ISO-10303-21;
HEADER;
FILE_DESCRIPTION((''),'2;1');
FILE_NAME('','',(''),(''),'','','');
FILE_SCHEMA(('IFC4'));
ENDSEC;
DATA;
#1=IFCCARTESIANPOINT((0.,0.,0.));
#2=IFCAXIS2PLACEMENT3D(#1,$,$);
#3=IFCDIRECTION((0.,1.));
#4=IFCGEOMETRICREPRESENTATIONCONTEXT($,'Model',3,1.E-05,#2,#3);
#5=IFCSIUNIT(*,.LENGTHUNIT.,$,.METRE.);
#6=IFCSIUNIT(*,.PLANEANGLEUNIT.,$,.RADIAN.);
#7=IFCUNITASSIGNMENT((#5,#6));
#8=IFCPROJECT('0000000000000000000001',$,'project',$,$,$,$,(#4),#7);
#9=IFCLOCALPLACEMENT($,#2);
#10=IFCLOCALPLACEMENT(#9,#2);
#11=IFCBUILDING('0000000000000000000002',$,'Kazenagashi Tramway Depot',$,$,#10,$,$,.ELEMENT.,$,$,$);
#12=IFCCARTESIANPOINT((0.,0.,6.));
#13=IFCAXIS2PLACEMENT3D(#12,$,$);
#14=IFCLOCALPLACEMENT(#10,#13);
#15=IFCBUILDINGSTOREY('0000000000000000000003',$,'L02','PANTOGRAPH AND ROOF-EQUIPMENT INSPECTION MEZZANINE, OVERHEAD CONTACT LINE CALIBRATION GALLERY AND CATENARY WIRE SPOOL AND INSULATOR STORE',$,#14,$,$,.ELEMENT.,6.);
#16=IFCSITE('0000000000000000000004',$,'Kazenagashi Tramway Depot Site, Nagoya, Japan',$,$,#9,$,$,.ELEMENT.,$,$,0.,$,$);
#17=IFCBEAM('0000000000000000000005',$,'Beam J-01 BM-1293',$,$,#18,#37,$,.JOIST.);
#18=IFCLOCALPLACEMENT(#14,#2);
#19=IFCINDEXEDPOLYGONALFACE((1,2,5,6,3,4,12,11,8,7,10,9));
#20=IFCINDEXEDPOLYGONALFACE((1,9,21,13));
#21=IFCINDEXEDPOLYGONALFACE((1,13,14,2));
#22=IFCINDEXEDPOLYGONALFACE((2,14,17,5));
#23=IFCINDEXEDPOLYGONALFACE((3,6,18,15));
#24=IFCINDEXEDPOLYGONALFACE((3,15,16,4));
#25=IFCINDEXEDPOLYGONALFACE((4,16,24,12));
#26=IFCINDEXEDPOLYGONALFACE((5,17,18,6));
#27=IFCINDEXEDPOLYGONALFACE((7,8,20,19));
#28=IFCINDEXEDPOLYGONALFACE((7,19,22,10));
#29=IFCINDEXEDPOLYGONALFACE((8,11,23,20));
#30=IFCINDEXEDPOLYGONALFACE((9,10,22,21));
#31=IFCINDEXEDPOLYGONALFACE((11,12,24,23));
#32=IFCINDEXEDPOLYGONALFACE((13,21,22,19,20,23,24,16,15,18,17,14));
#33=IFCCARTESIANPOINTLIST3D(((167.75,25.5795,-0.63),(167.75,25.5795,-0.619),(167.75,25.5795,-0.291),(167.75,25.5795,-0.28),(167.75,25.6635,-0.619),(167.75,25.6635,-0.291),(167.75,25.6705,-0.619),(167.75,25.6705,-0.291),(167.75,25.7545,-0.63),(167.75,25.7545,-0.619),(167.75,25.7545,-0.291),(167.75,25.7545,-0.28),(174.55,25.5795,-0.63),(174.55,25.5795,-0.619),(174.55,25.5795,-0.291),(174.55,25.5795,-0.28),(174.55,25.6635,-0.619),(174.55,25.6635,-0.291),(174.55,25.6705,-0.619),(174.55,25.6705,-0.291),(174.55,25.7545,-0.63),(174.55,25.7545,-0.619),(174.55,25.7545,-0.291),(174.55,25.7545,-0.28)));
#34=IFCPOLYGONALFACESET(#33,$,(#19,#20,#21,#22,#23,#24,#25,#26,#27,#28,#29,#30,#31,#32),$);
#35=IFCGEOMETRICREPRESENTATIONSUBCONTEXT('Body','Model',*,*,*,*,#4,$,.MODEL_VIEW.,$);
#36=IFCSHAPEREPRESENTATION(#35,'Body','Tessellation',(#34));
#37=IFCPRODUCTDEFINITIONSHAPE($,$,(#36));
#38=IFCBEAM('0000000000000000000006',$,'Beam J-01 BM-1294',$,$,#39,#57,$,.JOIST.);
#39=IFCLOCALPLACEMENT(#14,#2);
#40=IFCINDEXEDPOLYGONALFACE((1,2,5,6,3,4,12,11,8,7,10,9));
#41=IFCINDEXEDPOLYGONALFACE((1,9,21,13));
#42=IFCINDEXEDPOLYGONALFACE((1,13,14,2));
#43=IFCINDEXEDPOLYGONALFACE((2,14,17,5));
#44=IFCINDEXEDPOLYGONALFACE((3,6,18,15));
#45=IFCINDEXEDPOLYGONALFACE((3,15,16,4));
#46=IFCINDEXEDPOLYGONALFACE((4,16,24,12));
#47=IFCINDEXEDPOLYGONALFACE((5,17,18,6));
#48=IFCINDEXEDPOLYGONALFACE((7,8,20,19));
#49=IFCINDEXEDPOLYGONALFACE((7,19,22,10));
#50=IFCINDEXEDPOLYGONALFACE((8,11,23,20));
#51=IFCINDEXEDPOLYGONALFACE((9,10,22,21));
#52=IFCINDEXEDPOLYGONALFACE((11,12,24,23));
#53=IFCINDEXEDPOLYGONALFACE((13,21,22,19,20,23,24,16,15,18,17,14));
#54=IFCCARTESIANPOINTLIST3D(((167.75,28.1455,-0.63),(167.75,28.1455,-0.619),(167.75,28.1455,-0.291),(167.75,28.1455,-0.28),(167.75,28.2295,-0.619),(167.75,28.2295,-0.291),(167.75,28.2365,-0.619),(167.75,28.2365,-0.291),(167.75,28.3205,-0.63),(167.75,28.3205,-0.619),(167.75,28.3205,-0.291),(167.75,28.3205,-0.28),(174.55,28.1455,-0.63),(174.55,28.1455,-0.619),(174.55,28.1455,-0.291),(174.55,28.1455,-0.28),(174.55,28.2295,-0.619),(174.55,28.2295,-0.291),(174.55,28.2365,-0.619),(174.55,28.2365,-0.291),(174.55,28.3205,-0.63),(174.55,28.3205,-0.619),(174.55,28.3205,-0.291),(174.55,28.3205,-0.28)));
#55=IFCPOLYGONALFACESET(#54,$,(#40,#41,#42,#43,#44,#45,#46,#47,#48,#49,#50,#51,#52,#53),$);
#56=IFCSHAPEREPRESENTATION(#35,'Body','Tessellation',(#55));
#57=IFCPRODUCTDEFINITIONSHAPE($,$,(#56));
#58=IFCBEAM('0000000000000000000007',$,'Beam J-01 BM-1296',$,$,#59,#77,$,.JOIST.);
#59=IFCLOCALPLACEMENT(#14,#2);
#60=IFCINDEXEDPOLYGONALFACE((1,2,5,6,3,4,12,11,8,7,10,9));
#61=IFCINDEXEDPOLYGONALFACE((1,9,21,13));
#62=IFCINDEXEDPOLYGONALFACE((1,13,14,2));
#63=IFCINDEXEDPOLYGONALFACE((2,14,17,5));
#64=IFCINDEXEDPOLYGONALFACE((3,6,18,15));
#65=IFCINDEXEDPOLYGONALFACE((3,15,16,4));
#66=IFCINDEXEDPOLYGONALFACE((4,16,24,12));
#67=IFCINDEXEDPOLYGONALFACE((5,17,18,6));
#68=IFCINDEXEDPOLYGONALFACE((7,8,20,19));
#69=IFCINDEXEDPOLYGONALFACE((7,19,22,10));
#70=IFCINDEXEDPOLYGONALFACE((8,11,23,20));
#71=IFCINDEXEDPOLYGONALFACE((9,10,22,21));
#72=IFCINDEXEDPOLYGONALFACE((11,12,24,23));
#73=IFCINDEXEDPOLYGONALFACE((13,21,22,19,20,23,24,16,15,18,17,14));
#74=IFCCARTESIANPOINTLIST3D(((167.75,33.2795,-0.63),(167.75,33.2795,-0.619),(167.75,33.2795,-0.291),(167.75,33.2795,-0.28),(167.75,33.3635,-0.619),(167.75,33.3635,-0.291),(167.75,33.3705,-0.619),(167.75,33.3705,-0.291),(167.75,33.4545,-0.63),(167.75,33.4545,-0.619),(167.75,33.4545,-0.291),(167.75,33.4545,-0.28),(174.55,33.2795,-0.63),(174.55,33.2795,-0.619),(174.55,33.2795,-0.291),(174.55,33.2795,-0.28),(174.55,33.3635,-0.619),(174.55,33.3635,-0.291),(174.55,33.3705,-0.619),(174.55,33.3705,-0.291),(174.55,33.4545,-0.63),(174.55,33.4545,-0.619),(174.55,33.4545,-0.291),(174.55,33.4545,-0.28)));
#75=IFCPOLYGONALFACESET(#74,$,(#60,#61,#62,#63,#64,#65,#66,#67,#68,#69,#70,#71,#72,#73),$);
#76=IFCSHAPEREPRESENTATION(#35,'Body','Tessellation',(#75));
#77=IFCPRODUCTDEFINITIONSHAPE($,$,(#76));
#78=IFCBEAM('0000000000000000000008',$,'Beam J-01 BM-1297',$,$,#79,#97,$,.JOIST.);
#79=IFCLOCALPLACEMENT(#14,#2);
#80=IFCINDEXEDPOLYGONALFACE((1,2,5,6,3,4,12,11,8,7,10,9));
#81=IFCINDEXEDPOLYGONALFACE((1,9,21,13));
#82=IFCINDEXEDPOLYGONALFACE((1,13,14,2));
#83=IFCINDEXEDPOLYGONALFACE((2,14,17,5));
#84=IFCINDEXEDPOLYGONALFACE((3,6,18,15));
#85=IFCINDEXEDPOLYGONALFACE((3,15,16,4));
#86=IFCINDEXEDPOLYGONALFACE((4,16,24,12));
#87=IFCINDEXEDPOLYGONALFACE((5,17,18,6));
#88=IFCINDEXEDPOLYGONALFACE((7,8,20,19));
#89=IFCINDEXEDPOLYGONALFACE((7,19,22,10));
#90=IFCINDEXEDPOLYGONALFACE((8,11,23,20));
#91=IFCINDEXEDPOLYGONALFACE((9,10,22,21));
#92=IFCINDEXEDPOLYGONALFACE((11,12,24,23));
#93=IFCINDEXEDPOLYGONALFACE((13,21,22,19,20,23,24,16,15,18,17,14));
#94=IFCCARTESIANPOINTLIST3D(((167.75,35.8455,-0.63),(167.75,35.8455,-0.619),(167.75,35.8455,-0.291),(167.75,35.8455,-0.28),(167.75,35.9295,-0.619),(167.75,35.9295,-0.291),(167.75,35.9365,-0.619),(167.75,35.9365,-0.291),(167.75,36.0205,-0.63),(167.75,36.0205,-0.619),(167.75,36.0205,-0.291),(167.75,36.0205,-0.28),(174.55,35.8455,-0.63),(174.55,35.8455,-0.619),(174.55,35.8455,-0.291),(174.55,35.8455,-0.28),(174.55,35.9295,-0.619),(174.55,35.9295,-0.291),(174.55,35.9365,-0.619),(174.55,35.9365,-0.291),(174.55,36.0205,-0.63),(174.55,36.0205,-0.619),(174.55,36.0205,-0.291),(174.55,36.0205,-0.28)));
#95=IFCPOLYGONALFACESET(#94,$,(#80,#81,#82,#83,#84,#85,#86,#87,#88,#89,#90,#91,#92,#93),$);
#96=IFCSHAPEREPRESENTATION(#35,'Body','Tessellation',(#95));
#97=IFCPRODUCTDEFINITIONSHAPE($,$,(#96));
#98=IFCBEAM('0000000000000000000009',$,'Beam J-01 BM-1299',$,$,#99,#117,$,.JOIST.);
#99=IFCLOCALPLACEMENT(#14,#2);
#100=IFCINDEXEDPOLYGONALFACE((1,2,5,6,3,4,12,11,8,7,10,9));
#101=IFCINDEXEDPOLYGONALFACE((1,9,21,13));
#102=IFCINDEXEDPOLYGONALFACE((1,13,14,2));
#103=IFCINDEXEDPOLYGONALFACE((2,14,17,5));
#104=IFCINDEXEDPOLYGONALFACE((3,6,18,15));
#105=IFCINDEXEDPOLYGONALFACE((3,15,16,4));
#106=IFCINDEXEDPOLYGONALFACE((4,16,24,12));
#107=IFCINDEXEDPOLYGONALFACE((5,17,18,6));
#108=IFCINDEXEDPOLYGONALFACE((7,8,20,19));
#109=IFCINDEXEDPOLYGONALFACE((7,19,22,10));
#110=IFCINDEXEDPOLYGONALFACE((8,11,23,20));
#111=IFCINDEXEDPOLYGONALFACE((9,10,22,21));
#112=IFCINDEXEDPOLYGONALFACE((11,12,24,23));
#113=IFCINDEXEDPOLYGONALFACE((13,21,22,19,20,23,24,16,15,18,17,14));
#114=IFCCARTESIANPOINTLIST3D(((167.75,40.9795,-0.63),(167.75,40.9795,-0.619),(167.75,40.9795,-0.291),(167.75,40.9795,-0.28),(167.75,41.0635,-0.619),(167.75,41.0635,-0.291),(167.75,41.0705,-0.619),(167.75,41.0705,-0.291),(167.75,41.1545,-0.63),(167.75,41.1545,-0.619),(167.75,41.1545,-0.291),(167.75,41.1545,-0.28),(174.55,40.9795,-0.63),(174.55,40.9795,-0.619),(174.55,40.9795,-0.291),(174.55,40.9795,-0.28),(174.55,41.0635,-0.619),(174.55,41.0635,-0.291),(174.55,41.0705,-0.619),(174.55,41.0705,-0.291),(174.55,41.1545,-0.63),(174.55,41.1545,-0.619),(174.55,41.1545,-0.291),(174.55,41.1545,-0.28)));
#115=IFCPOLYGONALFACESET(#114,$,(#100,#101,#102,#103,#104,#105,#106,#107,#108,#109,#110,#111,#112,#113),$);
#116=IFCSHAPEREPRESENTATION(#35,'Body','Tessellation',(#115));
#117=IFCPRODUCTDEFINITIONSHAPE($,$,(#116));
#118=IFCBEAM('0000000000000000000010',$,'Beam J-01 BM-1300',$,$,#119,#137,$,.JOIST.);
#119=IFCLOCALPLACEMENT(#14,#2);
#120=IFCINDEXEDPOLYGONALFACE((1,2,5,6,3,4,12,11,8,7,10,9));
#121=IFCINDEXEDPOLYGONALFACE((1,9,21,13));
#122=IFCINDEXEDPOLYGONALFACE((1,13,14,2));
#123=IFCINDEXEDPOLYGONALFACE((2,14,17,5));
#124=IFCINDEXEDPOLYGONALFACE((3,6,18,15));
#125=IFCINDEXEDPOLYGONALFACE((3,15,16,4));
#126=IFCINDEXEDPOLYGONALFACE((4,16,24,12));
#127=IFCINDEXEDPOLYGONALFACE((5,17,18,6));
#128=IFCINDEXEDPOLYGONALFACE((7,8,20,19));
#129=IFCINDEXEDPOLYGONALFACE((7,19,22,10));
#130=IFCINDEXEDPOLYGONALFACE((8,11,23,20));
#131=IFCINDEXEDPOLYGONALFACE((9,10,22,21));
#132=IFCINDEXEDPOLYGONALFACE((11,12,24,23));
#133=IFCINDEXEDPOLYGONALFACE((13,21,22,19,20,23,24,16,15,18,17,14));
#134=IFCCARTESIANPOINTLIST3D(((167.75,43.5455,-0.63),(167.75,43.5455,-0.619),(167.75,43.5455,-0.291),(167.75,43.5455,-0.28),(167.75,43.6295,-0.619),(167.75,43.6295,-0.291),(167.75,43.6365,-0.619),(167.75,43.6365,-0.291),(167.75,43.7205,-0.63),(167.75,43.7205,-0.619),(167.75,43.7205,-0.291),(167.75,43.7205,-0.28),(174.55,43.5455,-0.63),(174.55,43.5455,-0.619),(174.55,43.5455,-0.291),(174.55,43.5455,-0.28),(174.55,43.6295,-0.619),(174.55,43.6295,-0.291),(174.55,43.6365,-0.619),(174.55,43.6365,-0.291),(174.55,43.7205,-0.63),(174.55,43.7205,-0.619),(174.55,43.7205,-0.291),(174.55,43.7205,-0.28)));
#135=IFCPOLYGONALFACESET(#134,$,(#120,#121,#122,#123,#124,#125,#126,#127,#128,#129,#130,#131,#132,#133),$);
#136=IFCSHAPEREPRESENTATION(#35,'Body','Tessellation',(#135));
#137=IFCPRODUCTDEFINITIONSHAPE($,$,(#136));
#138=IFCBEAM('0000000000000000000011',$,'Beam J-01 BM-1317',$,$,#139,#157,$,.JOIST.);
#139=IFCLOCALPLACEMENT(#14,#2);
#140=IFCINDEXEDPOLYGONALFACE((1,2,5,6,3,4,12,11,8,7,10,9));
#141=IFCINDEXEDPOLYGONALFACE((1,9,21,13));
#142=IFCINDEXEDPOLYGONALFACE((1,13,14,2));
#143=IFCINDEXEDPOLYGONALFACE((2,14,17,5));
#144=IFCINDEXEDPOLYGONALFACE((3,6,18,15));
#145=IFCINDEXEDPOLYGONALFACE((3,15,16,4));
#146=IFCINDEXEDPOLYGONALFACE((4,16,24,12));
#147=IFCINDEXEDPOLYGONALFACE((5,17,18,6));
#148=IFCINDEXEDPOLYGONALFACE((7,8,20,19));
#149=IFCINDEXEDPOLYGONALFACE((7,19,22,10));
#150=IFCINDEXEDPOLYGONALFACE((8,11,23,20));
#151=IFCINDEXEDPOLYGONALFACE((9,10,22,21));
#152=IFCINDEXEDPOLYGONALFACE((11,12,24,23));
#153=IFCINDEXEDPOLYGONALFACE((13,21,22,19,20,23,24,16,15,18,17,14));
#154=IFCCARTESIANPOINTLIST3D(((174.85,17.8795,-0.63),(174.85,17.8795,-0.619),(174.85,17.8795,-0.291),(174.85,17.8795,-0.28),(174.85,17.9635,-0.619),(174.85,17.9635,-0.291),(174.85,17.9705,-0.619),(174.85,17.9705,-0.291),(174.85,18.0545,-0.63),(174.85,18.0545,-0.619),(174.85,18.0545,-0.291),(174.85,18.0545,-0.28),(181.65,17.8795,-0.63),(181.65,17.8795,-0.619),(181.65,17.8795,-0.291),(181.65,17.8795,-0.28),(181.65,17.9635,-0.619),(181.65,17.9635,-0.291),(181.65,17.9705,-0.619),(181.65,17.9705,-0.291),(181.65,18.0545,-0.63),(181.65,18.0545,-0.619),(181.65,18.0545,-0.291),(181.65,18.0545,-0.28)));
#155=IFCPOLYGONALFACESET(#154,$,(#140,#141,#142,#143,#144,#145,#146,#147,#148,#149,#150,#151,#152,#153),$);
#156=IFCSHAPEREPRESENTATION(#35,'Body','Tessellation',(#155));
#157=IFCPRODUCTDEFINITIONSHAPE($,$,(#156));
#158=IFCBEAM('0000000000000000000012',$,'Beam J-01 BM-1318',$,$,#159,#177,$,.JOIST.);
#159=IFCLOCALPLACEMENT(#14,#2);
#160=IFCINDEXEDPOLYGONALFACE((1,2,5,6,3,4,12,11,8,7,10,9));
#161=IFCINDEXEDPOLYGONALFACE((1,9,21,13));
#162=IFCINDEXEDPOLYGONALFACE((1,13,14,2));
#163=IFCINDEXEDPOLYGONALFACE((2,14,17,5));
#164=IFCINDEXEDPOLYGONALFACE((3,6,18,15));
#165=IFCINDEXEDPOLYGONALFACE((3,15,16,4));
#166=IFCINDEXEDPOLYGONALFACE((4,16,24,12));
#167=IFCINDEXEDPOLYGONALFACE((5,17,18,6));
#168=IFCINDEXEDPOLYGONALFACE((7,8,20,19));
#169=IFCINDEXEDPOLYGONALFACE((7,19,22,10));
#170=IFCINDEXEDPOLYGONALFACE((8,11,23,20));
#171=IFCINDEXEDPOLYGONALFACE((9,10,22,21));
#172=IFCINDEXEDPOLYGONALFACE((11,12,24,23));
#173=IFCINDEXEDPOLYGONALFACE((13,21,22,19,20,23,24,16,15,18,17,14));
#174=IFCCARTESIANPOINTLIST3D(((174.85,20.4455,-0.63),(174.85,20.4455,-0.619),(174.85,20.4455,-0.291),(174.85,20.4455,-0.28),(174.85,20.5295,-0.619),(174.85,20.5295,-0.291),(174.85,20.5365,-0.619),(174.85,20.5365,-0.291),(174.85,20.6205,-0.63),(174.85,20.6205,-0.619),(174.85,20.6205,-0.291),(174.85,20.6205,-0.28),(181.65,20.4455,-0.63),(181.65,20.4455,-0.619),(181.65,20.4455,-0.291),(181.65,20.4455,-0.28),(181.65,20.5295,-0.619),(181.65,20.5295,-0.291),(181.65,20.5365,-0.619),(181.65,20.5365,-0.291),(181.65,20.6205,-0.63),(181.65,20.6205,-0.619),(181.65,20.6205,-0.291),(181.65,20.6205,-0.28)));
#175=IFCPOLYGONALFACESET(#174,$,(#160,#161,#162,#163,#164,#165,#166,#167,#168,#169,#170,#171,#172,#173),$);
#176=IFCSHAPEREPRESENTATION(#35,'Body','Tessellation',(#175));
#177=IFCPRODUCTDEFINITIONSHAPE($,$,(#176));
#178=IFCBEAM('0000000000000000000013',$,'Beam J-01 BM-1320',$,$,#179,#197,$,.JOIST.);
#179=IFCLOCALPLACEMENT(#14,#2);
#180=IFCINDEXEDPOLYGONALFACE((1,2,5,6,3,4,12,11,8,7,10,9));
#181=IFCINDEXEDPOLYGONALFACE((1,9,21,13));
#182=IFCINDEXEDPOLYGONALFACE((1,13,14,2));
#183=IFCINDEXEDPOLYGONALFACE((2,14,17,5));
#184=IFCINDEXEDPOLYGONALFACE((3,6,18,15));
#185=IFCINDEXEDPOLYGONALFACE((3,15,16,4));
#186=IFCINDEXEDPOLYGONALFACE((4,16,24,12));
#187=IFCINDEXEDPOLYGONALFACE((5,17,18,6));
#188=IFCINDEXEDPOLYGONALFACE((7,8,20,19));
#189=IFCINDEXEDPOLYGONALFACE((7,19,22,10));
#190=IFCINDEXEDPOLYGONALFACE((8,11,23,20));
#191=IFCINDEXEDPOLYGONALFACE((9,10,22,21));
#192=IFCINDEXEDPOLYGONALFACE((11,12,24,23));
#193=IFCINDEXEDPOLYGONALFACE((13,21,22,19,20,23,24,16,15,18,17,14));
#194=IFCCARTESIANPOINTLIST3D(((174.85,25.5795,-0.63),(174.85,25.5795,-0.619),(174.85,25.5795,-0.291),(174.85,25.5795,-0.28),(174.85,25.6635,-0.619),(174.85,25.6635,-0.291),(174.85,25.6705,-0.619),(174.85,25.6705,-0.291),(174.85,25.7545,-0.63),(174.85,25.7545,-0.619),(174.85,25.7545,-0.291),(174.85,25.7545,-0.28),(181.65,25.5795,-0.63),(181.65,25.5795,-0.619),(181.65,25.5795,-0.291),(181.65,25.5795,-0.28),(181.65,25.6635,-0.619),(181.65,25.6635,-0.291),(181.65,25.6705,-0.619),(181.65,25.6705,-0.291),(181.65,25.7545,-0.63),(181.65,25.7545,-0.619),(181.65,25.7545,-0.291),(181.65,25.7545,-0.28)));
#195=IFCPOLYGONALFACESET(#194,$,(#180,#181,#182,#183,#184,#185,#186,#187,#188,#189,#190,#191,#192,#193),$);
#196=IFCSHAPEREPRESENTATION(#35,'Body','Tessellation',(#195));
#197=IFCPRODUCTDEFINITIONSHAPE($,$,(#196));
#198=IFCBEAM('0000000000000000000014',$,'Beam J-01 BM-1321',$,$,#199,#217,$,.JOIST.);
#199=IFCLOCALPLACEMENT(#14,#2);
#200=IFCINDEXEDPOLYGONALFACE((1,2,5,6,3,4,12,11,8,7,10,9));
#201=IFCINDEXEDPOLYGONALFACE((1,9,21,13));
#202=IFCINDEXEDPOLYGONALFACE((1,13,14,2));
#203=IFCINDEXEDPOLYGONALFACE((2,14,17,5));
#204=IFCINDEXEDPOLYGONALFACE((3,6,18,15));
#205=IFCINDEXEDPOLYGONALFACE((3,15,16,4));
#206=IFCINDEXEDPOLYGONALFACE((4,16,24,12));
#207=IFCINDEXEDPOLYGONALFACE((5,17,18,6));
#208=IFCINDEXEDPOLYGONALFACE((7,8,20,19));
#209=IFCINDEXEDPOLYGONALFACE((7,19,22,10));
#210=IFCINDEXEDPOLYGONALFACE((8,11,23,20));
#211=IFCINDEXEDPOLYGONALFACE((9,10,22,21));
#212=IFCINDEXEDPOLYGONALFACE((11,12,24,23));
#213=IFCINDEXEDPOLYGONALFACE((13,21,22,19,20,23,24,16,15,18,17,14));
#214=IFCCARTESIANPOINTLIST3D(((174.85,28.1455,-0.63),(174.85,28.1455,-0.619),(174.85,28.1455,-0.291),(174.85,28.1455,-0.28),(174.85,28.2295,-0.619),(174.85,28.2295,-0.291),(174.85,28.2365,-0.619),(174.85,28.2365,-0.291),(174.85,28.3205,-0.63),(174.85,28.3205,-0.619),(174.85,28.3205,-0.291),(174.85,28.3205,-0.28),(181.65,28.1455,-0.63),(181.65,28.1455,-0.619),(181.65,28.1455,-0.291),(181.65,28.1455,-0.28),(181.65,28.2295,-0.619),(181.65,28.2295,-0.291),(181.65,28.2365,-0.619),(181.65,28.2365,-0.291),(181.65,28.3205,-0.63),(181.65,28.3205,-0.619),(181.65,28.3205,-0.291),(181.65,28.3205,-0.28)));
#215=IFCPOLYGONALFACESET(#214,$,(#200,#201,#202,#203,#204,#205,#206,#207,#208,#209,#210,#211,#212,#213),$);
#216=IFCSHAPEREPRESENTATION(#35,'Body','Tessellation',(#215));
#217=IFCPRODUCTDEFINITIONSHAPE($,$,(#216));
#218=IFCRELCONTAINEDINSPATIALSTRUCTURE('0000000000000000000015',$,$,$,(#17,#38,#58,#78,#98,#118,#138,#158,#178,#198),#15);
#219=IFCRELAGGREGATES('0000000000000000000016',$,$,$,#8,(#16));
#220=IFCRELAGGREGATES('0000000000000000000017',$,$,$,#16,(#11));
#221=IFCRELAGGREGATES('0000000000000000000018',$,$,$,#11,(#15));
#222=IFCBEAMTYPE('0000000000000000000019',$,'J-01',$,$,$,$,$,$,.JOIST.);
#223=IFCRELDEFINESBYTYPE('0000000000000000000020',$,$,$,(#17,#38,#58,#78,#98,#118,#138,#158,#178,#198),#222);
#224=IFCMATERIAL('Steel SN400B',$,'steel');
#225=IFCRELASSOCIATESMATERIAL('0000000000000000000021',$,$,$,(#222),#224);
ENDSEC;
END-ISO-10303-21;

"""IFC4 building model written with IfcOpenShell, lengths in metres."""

from ifc_helpers import new_model, si_unit, direction, frame, origin, origin_2d, place, context, subcontext, project, spatial, i_section, extrude, material, material_profile, profile_set, type_object, element, save


model = new_model("IFC4")

# Units and contexts
model_context = context("Model", 3, precision=1e-05, world=origin(), true_north=direction((0.0, 1.0)))
body_context = subcontext(model_context, "Body", "Model", "MODEL_VIEW")
ifc_project = project(units=[si_unit("LENGTHUNIT", "METRE"), si_unit("PLANEANGLEUNIT", "RADIAN")], contexts=[model_context])

# Site, building, storey
site_placement = place(None, origin())
site = spatial("IfcSite", under=ifc_project, at=site_placement, Name="Kazenagashi Tramway Depot Site, Nagoya, Japan", CompositionType="ELEMENT", RefElevation=0.0)
building_placement = place(site_placement, origin())
building = spatial("IfcBuilding", under=site, at=building_placement, Name="Kazenagashi Tramway Depot", CompositionType="ELEMENT")
storey_placement = place(building_placement, frame((0.0, 0.0, 6.0)))
storey = spatial("IfcBuildingStorey", under=building, at=storey_placement, Name="L02", Description="PANTOGRAPH AND ROOF-EQUIPMENT INSPECTION MEZZANINE, OVERHEAD CONTACT LINE CALIBRATION GALLERY AND CATENARY WIRE SPOOL AND INSULATOR STORE", CompositionType="ELEMENT", Elevation=6.0)

# Beams
ifc_material_1 = material(Name="Steel SN400B", Category="steel")
ifc_material_profile_1 = material_profile(ifc_material_1, i_section(OverallWidth=0.175, OverallDepth=0.35, WebThickness=0.007, FlangeThickness=0.011, at=origin_2d()), Name="H-350x175x7x11")
ifc_profile_set_1 = profile_set([ifc_material_profile_1], Name="Steel SN400B")
beam_type_1 = type_object("IfcBeamType", Name="J-01", PredefinedType="JOIST", material=ifc_profile_set_1)
for number, where, z_axis, x_axis, name in (
    (1, (167.75, 25.667, -0.455), (1.0, 0.0, 0.0), (0.0, 1.0, 0.0), "Beam J-01 BM-1293"),
    (2, (167.75, 28.233, -0.455), (1.0, 0.0, 0.0), (0.0, 1.0, 0.0), "Beam J-01 BM-1294"),
    (3, (167.75, 33.367, -0.455), (1.0, 0.0, 0.0), (0.0, 1.0, 0.0), "Beam J-01 BM-1296"),
    (4, (167.75, 35.933, -0.455), (1.0, 0.0, 0.0), (0.0, 1.0, 0.0), "Beam J-01 BM-1297"),
    (5, (167.75, 41.067, -0.455), (1.0, 0.0, 0.0), (0.0, 1.0, 0.0), "Beam J-01 BM-1299"),
    (6, (167.75, 43.633, -0.455), (1.0, 0.0, 0.0), (0.0, 1.0, 0.0), "Beam J-01 BM-1300"),
    (7, (174.85, 17.967, -0.455), (1.0, 0.0, 0.0), (0.0, 1.0, 0.0), "Beam J-01 BM-1317"),
    (8, (174.85, 20.533, -0.455), (1.0, 0.0, 0.0), (0.0, 1.0, 0.0), "Beam J-01 BM-1318"),
    (9, (174.85, 25.667, -0.455), (1.0, 0.0, 0.0), (0.0, 1.0, 0.0), "Beam J-01 BM-1320"),
    (10, (174.85, 28.233, -0.455), (1.0, 0.0, 0.0), (0.0, 1.0, 0.0), "Beam J-01 BM-1321"),
):
    element("IfcBeam", number, at=place(storey_placement, frame(where, z_axis=z_axis, x_axis=x_axis)), inside=storey, type_object=beam_type_1, Name=name, PredefinedType="JOIST", context=body_context, shape_type="SweptSolid", body=[
        extrude(i_section(OverallWidth=0.175, OverallDepth=0.35, WebThickness=0.007, FlangeThickness=0.011, at=origin_2d()), origin(), (0.0, 0.0, 1.0), 6.8),
    ])

save(model, "model.ifc")
